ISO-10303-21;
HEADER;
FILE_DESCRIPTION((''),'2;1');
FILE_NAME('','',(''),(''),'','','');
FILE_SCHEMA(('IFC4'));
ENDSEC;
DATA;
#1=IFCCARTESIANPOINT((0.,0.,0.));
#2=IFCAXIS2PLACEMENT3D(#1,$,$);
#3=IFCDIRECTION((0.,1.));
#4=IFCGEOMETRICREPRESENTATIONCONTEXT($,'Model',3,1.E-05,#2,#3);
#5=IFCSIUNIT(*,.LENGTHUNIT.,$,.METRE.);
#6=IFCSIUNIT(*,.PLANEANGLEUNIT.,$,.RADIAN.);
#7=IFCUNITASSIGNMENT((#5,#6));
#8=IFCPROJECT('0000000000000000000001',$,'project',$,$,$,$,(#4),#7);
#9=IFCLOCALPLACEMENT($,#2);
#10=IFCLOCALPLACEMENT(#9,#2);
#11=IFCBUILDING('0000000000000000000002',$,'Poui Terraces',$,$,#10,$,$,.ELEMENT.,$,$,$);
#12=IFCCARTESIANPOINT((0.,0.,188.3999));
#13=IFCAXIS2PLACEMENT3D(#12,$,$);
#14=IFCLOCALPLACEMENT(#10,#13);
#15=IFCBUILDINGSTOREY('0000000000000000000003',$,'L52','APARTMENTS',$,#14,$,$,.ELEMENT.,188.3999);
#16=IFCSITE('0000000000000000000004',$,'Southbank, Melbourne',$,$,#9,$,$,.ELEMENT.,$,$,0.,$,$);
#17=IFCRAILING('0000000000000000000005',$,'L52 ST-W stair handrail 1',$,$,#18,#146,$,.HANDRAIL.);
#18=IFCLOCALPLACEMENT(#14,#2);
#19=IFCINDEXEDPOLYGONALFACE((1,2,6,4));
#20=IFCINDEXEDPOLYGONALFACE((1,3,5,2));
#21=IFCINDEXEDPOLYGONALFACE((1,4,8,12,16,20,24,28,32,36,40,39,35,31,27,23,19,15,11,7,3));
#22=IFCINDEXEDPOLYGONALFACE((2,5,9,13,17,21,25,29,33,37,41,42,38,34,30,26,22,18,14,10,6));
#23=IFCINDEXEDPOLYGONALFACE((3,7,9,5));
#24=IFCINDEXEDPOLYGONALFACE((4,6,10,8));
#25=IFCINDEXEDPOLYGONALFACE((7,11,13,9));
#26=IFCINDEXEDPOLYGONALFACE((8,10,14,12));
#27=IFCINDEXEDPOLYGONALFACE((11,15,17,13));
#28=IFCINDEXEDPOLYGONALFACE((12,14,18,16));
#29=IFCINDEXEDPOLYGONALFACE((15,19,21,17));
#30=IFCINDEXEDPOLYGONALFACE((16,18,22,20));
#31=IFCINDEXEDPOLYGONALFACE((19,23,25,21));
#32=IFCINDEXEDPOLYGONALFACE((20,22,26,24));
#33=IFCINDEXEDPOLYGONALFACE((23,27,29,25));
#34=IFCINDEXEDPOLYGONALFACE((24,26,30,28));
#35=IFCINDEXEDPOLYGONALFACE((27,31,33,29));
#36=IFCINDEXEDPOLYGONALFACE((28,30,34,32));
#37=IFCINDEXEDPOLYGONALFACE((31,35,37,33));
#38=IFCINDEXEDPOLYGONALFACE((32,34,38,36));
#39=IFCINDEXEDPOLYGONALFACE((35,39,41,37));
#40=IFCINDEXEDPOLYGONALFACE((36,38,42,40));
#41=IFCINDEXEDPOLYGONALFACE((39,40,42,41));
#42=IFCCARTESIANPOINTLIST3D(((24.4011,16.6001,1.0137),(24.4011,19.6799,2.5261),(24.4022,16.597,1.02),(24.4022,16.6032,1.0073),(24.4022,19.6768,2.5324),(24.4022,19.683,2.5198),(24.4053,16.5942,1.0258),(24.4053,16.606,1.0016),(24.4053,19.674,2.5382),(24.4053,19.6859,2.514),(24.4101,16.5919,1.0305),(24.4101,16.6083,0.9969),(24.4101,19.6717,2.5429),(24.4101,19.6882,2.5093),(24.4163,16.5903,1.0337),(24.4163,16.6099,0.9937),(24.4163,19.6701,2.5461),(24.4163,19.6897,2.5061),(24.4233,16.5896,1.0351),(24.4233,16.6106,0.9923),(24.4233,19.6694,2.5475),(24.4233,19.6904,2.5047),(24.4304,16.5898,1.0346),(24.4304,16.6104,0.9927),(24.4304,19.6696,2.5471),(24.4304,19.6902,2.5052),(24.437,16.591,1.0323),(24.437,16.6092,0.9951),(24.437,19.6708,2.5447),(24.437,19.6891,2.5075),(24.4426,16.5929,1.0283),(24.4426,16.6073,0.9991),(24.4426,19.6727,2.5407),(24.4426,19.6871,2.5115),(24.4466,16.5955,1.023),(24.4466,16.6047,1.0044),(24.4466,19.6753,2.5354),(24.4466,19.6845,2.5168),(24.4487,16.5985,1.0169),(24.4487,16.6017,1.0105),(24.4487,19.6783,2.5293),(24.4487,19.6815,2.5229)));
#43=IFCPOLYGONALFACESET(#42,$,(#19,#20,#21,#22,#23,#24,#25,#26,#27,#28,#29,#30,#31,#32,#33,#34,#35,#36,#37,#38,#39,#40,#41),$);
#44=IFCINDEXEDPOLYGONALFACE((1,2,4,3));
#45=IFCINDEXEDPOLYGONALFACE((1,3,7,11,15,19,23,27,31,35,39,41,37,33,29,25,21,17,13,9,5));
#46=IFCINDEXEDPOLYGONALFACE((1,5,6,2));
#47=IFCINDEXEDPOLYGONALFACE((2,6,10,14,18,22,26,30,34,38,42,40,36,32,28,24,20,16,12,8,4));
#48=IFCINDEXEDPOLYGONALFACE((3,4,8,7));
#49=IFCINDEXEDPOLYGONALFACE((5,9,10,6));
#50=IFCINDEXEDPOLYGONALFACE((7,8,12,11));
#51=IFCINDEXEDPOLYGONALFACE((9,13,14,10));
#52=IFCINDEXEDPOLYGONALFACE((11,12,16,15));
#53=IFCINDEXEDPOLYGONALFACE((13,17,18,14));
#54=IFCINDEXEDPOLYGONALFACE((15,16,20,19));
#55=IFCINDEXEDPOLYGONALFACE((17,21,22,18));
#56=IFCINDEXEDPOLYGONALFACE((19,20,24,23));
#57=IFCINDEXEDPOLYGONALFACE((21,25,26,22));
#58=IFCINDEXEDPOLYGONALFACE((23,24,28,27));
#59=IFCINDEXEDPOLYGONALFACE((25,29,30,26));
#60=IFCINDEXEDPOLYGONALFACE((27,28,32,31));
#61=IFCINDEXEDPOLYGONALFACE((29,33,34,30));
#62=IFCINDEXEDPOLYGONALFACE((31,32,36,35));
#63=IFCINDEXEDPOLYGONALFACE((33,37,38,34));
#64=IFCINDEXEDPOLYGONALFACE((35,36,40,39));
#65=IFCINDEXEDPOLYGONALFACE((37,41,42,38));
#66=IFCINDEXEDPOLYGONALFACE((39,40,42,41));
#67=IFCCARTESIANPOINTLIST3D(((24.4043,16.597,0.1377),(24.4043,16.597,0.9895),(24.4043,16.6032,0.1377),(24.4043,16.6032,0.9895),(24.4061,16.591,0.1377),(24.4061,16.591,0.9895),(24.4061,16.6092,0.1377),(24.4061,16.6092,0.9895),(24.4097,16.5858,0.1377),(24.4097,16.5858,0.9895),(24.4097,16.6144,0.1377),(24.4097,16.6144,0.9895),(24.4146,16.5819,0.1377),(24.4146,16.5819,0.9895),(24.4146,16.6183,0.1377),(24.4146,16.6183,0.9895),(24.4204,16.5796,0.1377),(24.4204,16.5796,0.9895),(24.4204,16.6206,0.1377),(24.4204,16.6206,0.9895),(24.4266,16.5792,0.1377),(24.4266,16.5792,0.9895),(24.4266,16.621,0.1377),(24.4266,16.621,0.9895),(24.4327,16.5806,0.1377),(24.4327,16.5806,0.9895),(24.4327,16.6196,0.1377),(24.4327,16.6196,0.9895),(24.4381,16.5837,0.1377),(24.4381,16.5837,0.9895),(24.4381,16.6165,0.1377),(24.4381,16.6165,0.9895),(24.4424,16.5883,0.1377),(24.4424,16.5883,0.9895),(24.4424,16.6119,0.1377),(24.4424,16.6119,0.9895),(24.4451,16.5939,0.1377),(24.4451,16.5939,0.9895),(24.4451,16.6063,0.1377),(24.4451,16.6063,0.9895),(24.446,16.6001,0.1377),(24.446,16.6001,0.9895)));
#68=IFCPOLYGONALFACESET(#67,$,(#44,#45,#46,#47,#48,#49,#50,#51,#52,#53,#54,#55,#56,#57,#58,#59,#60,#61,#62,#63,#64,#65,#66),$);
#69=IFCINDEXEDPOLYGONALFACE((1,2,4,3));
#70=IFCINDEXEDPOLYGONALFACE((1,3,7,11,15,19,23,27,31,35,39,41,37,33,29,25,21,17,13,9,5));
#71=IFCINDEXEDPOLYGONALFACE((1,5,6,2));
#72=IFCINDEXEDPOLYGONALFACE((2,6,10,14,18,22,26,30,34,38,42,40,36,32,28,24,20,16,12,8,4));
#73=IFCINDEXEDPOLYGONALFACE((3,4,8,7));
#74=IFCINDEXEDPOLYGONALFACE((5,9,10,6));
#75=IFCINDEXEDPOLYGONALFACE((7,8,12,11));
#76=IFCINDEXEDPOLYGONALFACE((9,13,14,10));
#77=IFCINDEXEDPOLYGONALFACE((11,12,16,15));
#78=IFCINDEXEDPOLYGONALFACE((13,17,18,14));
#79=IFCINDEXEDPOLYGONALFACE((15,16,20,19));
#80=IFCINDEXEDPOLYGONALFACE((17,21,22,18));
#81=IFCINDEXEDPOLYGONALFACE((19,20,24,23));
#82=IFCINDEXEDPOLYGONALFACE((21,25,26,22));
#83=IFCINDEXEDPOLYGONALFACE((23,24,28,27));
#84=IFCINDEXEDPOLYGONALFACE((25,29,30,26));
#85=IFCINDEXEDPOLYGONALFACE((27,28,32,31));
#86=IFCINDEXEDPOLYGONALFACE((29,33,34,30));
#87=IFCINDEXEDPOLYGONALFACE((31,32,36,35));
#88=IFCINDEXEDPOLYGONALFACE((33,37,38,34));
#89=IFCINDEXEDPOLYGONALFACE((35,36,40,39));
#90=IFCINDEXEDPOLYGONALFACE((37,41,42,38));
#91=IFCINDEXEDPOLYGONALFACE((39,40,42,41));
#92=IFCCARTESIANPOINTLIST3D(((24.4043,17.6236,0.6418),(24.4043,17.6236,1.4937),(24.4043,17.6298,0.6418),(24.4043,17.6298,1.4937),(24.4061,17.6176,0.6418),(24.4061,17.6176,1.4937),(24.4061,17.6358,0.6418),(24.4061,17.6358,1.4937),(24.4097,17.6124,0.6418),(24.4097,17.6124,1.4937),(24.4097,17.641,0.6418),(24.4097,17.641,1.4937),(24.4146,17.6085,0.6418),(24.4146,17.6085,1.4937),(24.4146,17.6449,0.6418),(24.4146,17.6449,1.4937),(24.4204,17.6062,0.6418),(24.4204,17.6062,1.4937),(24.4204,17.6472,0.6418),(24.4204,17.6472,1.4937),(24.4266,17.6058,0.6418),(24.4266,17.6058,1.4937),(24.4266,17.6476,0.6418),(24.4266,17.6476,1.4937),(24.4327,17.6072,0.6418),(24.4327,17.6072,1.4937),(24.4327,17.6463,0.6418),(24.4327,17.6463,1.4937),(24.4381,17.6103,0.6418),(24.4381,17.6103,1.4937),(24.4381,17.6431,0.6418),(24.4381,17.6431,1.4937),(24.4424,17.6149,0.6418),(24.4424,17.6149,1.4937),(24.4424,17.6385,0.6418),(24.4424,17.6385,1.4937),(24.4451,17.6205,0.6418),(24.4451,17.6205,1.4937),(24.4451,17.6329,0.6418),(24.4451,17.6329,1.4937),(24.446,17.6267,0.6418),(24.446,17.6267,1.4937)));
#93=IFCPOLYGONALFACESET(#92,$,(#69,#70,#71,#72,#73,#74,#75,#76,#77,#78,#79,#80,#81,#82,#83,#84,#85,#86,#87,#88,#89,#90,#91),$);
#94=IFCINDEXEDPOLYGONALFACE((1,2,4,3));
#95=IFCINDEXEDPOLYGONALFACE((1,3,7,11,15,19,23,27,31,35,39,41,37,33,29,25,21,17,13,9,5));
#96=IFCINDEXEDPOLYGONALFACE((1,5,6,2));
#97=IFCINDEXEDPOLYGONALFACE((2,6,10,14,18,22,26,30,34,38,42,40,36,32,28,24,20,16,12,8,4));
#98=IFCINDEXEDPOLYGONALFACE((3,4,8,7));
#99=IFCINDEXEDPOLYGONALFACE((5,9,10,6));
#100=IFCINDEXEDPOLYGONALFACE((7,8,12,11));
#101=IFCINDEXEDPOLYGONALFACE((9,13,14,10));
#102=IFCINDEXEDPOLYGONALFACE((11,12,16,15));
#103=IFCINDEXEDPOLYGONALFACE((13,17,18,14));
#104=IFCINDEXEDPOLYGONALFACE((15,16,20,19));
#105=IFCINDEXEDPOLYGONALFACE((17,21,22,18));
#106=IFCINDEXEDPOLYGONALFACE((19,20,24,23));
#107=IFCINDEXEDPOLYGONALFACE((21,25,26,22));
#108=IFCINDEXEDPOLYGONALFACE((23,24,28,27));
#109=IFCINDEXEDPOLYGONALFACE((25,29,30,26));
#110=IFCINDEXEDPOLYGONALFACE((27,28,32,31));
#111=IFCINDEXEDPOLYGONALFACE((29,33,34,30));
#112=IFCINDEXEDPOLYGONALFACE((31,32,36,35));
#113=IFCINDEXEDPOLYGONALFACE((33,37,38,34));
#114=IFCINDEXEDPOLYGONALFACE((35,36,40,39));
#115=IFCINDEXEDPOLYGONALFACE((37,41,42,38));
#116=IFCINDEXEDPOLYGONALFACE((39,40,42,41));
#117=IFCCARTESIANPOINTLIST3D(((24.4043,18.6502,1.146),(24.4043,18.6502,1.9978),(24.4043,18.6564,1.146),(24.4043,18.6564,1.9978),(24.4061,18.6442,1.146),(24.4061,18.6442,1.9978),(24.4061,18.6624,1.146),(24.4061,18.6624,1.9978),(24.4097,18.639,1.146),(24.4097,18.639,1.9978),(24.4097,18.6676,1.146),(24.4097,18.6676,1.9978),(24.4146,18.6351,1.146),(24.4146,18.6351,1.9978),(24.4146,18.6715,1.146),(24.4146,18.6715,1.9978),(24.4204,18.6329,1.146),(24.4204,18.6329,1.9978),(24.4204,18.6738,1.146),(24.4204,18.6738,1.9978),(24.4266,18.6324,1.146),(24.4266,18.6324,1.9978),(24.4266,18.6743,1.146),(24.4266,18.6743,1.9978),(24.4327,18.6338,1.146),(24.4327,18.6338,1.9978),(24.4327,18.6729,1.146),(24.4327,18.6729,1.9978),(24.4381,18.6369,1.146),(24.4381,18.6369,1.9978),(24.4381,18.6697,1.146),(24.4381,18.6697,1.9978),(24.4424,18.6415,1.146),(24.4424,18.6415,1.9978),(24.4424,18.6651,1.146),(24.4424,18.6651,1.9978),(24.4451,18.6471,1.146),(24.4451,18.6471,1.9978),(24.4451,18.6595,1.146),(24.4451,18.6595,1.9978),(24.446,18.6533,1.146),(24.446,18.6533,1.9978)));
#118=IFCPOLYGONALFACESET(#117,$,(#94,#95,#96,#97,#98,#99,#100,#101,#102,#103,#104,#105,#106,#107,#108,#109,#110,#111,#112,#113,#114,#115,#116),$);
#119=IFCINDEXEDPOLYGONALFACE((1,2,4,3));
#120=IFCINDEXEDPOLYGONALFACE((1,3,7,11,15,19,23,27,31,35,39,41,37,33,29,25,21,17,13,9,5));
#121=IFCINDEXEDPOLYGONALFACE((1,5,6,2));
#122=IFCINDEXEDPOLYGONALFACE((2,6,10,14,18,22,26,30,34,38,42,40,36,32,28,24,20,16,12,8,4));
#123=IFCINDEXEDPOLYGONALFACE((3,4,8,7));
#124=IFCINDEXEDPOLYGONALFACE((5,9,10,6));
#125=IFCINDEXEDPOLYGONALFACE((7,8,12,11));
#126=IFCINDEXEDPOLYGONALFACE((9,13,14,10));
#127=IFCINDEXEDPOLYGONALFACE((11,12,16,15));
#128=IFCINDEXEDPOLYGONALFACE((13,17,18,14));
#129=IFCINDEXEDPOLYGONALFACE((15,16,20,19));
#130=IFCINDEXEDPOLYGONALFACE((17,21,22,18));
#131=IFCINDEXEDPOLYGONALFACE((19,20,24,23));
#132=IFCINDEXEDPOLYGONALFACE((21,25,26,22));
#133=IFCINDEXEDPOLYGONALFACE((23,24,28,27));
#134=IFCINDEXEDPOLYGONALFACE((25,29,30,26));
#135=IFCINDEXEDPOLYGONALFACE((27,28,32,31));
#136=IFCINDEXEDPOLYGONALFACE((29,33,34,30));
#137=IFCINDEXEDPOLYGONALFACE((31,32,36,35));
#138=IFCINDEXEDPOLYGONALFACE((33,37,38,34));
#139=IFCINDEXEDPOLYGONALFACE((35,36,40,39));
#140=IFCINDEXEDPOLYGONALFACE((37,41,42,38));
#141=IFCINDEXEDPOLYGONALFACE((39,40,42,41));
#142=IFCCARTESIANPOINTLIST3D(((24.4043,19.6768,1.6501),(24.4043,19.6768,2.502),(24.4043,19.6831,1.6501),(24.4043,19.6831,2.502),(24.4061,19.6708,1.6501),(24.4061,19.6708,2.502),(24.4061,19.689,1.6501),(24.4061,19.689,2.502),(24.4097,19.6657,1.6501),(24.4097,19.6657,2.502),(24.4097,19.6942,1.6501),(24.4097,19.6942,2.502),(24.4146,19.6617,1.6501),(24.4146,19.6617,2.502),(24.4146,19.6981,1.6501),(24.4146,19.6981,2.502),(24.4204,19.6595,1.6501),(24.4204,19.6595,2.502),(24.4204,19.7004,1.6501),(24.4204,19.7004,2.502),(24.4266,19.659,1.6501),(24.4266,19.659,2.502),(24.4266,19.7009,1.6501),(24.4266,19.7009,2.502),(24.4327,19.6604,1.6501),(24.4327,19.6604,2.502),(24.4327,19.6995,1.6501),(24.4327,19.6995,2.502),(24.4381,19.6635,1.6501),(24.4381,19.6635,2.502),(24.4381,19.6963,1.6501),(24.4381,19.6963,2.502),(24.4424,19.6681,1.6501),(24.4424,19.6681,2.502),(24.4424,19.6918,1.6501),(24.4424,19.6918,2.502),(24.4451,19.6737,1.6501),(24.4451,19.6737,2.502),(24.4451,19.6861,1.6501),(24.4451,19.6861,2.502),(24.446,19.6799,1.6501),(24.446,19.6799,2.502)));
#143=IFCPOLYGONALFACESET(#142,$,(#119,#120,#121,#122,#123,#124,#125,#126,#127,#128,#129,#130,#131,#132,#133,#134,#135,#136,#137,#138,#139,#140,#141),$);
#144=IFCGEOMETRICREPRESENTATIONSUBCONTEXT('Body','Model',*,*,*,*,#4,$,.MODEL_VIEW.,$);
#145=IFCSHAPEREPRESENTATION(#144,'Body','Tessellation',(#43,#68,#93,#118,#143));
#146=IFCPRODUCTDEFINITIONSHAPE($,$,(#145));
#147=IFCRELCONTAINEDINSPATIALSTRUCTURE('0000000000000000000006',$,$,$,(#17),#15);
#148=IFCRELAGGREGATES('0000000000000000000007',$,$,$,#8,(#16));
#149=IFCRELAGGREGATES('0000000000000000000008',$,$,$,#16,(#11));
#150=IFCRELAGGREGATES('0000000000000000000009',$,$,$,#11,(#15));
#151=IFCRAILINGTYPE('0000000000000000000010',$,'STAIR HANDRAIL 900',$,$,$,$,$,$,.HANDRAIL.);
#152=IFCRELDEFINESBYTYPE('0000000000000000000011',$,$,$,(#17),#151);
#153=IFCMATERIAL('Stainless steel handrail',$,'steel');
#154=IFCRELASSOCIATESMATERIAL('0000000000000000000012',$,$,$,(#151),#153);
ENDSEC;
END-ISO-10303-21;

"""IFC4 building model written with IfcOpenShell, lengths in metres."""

from ifc_helpers import new_model, si_unit, direction, frame, origin, origin_2d, place, context, subcontext, project, spatial, circle, extrude, material, type_object, element, save


model = new_model("IFC4")

# Units and contexts
model_context = context("Model", 3, precision=1e-05, world=origin(), true_north=direction((0.0, 1.0)))
body_context = subcontext(model_context, "Body", "Model", "MODEL_VIEW")
ifc_project = project(units=[si_unit("LENGTHUNIT", "METRE"), si_unit("PLANEANGLEUNIT", "RADIAN")], contexts=[model_context])

# Site, building, storey
site_placement = place(None, origin())
site = spatial("IfcSite", under=ifc_project, at=site_placement, Name="Southbank, Melbourne", CompositionType="ELEMENT", RefElevation=0.0)
building_placement = place(site_placement, origin())
building = spatial("IfcBuilding", under=site, at=building_placement, Name="Poui Terraces", CompositionType="ELEMENT")
storey_placement = place(building_placement, frame((0.0, 0.0, 188.3999)))
storey = spatial("IfcBuildingStorey", under=building, at=storey_placement, Name="L52", Description="APARTMENTS", CompositionType="ELEMENT", Elevation=188.3999)

# Railing
ifc_material_1 = material(Name="Stainless steel handrail", Category="steel")
railing_type_1 = type_object("IfcRailingType", Name="STAIR HANDRAIL 900", PredefinedType="HANDRAIL", material=ifc_material_1)
railing_1_placement = place(storey_placement, frame((24.425, 16.6001, 0.1377)))
element("IfcRailing", 1, at=railing_1_placement, inside=storey, type_object=railing_type_1, Name="L52 ST-W stair handrail 1", PredefinedType="HANDRAIL", context=body_context, shape_type="SweptSolid", body=[
    extrude(circle(Radius=0.0239, at=origin_2d()), frame((0.0, 0.0, 0.876), z_axis=(0.0, 0.897606, 0.440798), x_axis=(-1.0, 0.0, 0.0)), (0.0, 0.0, 1.0), 3.4312),
    extrude(circle(Radius=0.021, at=origin_2d()), origin(), (0.0, 0.0, 1.0), 0.8518),
    extrude(circle(Radius=0.021, at=origin_2d()), frame((0.0, 1.0266, 0.5042)), (0.0, 0.0, 1.0), 0.8518),
    extrude(circle(Radius=0.021, at=origin_2d()), frame((0.0, 2.0532, 1.0083)), (0.0, 0.0, 1.0), 0.8518),
    extrude(circle(Radius=0.021, at=origin_2d()), frame((0.0, 3.0798, 1.5125)), (0.0, 0.0, 1.0), 0.8518),
])

save(model, "model.ifc")
